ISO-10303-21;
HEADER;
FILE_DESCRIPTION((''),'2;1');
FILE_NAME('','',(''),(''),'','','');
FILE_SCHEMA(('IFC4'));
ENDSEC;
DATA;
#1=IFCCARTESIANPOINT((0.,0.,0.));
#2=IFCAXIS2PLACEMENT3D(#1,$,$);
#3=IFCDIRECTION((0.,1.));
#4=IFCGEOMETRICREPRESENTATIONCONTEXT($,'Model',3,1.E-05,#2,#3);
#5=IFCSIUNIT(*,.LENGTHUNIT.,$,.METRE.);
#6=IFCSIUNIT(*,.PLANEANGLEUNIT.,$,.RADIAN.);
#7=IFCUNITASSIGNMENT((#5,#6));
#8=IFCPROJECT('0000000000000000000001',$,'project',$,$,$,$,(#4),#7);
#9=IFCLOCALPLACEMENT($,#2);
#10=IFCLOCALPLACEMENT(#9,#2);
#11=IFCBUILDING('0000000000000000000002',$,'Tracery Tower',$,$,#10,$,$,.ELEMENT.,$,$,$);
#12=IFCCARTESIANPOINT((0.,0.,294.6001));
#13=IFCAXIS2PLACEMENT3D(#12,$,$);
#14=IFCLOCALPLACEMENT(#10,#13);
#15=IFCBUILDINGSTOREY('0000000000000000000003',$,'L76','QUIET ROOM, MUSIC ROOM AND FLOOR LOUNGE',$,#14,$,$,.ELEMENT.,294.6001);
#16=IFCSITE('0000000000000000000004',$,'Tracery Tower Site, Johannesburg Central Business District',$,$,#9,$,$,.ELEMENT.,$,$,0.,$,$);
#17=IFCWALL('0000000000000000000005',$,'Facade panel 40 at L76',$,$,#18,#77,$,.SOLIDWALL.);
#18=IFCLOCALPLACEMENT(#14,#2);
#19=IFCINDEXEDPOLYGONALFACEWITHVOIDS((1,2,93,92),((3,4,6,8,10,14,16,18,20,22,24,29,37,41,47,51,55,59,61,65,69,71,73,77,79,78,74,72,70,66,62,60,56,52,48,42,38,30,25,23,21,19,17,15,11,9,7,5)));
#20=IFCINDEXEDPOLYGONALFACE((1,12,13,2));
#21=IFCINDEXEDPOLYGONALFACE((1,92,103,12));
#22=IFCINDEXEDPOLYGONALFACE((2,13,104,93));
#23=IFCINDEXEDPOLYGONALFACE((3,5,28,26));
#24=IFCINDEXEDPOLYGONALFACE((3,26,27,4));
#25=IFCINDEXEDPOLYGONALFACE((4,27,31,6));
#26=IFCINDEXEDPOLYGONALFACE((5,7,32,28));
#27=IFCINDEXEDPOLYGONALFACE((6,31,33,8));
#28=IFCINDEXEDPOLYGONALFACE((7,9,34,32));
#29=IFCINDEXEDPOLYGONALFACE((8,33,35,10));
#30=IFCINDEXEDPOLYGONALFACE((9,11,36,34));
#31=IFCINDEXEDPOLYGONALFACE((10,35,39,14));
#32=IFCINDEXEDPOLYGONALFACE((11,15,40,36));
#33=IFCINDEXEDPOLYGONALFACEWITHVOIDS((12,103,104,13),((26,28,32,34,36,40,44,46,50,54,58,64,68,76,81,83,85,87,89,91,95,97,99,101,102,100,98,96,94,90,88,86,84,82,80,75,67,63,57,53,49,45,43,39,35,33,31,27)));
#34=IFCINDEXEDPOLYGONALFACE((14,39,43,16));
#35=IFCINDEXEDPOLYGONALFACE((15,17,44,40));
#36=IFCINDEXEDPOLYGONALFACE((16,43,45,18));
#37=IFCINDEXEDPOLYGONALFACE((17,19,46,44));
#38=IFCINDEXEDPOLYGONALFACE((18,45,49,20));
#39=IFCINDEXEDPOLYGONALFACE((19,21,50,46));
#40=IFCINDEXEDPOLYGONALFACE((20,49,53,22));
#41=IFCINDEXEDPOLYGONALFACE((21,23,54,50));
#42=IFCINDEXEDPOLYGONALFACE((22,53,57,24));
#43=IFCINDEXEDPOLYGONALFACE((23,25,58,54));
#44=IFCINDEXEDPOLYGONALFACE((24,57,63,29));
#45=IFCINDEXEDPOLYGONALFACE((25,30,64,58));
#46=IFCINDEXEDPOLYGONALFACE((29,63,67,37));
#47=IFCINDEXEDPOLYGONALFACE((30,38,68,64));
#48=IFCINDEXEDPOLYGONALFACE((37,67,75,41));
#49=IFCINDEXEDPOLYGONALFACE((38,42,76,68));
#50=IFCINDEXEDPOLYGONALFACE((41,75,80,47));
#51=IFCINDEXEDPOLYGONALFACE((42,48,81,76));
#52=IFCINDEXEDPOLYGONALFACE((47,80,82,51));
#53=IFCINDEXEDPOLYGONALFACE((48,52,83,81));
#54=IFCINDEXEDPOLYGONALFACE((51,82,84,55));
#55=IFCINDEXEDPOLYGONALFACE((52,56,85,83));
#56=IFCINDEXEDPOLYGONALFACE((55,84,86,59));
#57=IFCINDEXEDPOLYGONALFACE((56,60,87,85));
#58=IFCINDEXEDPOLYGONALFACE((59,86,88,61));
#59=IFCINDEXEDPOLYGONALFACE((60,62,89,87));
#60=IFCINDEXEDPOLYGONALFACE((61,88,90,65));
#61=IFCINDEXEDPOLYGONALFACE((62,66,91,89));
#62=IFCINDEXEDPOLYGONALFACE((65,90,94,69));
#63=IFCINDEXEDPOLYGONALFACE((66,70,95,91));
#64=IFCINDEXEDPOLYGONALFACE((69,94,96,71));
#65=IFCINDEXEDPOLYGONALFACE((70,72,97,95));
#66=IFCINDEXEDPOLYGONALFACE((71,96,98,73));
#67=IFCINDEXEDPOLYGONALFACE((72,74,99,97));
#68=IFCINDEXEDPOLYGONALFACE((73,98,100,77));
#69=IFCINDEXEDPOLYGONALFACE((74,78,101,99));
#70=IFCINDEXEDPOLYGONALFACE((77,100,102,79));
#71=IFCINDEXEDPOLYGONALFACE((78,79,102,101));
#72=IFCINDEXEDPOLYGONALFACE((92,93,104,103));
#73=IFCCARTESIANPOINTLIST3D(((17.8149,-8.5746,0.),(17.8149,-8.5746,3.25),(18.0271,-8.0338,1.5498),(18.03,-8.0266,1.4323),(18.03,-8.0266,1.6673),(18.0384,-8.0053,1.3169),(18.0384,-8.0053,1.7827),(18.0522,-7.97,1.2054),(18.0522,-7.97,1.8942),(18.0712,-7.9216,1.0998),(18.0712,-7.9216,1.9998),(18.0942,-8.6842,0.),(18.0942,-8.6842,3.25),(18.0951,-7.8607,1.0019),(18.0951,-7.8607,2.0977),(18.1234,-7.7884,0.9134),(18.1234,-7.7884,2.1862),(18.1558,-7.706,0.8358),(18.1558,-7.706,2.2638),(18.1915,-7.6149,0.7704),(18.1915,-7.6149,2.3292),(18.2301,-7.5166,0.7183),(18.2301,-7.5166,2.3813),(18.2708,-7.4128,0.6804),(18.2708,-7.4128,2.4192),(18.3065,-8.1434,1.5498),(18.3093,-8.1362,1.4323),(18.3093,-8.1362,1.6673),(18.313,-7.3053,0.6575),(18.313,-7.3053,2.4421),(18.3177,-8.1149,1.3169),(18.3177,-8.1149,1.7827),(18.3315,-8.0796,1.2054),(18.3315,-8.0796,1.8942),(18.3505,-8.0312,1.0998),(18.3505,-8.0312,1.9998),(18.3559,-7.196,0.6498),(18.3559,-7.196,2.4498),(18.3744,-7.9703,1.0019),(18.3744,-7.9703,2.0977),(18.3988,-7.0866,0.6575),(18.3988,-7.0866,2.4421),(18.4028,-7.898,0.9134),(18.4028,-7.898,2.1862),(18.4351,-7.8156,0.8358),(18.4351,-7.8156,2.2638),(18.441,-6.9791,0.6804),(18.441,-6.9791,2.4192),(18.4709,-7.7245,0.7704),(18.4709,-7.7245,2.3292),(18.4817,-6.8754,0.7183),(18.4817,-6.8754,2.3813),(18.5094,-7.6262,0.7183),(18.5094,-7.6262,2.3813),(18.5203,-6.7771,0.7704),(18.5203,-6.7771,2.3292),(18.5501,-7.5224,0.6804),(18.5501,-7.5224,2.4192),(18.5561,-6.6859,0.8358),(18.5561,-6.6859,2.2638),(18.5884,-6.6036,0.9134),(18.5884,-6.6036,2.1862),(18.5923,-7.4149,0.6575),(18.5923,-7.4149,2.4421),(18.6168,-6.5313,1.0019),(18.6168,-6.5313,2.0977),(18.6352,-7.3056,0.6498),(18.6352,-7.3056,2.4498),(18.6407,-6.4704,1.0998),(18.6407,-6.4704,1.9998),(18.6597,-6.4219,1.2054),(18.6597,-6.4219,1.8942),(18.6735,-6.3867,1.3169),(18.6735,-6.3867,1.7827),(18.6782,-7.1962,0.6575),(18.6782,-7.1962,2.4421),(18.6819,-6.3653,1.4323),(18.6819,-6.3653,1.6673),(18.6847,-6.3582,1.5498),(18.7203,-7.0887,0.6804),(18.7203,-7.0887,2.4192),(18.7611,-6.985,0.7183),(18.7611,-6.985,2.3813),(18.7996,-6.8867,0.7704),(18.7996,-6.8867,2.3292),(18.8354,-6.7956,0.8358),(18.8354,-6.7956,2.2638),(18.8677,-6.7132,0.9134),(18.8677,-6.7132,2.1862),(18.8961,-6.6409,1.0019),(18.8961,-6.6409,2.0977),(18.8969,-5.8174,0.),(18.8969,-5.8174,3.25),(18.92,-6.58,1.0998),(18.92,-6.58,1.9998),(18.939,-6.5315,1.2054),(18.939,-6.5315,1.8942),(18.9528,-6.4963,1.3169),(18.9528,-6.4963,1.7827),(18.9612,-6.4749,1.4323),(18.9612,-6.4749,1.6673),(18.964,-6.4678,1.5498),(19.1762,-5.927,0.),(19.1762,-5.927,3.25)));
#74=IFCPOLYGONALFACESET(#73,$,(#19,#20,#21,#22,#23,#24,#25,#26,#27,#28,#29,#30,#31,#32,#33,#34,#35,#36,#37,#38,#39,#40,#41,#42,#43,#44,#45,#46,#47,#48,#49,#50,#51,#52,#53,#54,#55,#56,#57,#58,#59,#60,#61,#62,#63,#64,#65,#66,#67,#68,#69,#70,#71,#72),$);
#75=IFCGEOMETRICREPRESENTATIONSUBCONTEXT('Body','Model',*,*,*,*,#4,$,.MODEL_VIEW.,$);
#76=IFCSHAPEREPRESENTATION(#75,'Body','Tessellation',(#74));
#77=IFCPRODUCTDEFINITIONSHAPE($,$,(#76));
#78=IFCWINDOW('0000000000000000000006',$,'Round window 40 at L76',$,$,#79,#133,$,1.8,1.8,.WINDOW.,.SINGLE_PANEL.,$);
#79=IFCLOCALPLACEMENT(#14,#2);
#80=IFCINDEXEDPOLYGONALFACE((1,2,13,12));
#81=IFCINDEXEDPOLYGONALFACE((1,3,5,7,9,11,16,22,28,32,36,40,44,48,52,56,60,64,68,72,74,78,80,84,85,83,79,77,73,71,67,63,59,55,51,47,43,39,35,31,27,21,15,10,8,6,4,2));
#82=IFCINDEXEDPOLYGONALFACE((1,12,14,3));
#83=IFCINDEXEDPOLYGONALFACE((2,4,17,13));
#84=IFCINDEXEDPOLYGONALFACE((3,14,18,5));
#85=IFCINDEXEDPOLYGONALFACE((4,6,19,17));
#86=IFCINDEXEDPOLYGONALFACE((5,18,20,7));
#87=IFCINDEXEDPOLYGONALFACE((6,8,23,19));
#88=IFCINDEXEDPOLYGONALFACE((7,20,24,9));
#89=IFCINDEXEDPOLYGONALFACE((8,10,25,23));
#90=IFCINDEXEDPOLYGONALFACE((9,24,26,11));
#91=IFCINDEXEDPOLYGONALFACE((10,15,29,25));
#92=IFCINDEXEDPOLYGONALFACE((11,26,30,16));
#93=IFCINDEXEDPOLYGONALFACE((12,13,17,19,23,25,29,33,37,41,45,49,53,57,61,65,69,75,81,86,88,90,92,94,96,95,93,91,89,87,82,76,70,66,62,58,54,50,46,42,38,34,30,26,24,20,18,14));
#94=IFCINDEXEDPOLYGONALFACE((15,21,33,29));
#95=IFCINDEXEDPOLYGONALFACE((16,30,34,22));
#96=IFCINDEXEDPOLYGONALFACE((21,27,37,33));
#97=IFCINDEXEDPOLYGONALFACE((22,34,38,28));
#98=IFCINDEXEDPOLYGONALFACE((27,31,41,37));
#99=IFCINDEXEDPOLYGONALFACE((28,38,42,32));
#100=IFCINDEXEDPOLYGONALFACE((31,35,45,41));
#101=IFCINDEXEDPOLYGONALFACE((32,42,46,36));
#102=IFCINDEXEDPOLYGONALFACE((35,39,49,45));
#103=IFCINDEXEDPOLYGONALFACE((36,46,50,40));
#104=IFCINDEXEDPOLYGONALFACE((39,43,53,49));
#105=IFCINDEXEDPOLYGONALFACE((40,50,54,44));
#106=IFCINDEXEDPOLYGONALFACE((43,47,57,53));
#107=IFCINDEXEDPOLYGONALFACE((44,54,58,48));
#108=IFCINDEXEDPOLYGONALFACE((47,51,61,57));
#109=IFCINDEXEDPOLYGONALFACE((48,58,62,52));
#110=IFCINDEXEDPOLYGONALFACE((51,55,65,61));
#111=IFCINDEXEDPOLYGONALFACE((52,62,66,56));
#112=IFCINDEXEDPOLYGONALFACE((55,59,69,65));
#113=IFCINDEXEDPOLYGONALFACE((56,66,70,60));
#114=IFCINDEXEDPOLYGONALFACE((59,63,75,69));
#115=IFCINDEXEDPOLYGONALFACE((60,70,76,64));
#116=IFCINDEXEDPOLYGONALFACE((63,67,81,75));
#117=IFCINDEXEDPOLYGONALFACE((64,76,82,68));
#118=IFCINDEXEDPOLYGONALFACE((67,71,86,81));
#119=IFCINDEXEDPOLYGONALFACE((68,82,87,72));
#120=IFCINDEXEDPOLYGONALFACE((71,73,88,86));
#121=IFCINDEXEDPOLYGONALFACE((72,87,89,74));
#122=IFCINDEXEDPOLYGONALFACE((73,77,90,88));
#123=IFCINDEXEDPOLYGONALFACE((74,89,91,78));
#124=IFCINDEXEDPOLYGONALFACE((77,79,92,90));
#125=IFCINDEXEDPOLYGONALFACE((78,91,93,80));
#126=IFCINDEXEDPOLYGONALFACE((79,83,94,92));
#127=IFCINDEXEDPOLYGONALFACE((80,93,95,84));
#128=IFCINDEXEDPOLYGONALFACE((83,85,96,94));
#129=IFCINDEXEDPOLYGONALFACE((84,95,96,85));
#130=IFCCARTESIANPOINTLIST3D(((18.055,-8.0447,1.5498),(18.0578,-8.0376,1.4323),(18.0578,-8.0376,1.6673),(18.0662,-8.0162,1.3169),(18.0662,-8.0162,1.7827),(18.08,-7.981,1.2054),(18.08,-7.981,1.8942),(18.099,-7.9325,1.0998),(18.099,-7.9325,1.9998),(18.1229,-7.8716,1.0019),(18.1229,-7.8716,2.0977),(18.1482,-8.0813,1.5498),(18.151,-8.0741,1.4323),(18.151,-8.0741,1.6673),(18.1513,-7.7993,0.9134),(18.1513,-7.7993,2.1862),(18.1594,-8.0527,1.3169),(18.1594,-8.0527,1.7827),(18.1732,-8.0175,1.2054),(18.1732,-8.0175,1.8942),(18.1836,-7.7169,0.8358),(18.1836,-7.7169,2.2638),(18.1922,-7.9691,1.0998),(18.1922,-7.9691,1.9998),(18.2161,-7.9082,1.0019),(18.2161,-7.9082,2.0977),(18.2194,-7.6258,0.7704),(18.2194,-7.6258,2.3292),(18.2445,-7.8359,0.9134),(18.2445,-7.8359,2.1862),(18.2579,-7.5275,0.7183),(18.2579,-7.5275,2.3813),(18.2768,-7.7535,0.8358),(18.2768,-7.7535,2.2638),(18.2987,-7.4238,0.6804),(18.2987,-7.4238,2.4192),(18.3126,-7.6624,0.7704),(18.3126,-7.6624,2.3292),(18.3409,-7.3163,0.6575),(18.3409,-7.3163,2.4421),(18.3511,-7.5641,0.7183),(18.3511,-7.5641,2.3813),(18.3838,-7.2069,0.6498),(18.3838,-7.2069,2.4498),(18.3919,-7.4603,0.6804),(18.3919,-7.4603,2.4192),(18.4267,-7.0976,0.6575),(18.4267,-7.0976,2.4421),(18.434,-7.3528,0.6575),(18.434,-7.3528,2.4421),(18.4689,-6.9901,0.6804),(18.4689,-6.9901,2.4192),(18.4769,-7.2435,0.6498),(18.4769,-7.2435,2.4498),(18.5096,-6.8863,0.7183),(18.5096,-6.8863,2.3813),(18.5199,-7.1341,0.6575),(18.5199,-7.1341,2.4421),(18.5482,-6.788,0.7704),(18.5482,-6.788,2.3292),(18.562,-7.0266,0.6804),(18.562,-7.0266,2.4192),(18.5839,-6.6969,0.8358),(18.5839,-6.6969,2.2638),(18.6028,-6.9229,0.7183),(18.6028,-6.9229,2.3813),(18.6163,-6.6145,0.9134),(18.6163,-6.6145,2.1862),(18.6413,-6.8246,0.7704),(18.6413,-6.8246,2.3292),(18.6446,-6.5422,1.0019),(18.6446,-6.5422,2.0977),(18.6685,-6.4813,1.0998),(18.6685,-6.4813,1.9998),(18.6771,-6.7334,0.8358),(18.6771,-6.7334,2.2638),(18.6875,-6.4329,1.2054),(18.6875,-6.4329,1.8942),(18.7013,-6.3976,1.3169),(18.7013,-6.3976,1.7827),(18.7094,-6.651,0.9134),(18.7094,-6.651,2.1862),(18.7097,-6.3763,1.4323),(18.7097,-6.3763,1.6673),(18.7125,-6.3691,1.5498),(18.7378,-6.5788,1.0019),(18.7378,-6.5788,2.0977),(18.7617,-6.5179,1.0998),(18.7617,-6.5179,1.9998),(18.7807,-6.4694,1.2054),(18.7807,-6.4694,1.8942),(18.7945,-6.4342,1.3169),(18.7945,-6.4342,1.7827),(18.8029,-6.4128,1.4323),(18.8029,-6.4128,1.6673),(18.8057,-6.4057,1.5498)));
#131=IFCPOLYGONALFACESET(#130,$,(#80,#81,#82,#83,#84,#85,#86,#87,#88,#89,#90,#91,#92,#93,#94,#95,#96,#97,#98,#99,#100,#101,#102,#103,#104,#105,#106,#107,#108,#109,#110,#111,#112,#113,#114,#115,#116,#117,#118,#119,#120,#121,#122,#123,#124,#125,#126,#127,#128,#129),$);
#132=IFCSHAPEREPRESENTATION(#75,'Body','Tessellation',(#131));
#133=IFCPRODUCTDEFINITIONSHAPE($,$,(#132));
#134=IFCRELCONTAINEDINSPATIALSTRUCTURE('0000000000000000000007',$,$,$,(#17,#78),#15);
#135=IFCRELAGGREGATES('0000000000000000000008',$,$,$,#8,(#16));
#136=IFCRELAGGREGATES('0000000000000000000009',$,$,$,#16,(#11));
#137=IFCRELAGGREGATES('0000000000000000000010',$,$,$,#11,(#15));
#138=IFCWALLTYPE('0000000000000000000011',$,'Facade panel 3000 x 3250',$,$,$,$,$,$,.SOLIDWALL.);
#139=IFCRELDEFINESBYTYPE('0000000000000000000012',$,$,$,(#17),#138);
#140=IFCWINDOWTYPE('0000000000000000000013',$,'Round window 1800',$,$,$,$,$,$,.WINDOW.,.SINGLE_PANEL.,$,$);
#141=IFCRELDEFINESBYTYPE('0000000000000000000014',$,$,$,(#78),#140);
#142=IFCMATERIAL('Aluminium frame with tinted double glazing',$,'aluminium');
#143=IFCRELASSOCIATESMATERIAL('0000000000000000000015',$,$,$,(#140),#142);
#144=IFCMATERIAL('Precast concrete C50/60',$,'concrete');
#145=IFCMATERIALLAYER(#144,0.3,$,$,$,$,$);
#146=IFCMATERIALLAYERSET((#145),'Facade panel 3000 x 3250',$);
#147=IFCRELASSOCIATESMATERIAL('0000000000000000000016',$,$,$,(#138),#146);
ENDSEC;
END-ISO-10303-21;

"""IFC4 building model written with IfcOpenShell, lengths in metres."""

from ifc_helpers import new_model, si_unit, direction, frame, frame_2d, origin, origin_2d, place, context, subcontext, project, spatial, rectangle, circle, extrude, material, layer, layer_set, type_object, element, fill, save


model = new_model("IFC4")

# Units and contexts
model_context = context("Model", 3, precision=1e-05, world=origin(), true_north=direction((0.0, 1.0)))
body_context = subcontext(model_context, "Body", "Model", "MODEL_VIEW")
ifc_project = project(units=[si_unit("LENGTHUNIT", "METRE"), si_unit("PLANEANGLEUNIT", "RADIAN")], contexts=[model_context])

# Site, building, storey
site_placement = place(None, origin())
site = spatial("IfcSite", under=ifc_project, at=site_placement, Name="Tracery Tower Site, Johannesburg Central Business District", CompositionType="ELEMENT", RefElevation=0.0)
building_placement = place(site_placement, origin())
building = spatial("IfcBuilding", under=site, at=building_placement, Name="Tracery Tower", CompositionType="ELEMENT")
storey_placement = place(building_placement, frame((0.0, 0.0, 294.6001)))
storey = spatial("IfcBuildingStorey", under=building, at=storey_placement, Name="L76", Description="QUIET ROOM, MUSIC ROOM AND FLOOR LOUNGE", CompositionType="ELEMENT", Elevation=294.6001)

# Wall, opening, window
ifc_material_1 = material(Name="Aluminium frame with tinted double glazing", Category="aluminium")
window_type = type_object("IfcWindowType", Name="Round window 1800", PartitioningType="SINGLE_PANEL", PredefinedType="WINDOW", material=ifc_material_1)
ifc_material_2 = material(Name="Precast concrete C50/60", Category="concrete")
ifc_layer_1 = layer(ifc_material_2, 0.3)
ifc_layer_set_1 = layer_set([ifc_layer_1], Name="Facade panel 3000 x 3250")
wall_type_1 = type_object("IfcWallType", Name="Facade panel 3000 x 3250", PredefinedType="SOLIDWALL", material=ifc_layer_set_1)
wall_1_placement = place(storey_placement, frame((17.9546, -8.6294, 0.0), z_axis=(0.0, 0.0, 1.0), x_axis=(0.3653, 0.93089, 0.0)))
wall_1 = element("IfcWall", 1, at=wall_1_placement, inside=storey, type_object=wall_type_1, Name="Facade panel 40 at L76", PredefinedType="SOLIDWALL", context=body_context, shape_type="SweptSolid", body=[
    extrude(rectangle(XDim=2.9619, YDim=0.3, at=frame_2d((1.481, 0.0))), origin(), (0.0, 0.0, 1.0), 3.25),
])
opening_1_placement = place(wall_1_placement, frame((1.481, 0.0, 1.5498)))
opening_1 = element("IfcOpeningElement", 2, at=opening_1_placement, cuts=wall_1, PredefinedType="OPENING", context=body_context, shape_type="SweptSolid", body=[
    extrude(circle(Radius=0.9, at=origin_2d()), frame((0.0, 0.1599, 0.0), z_axis=(0.0, -1.0, 0.0), x_axis=(1.0, 0.0, 0.0)), (0.0, 0.0, 1.0), 0.3201),
])
window_1_placement = place(opening_1_placement, origin())
window_1 = element("IfcWindow", 3, at=window_1_placement, inside=storey, type_object=window_type, Name="Round window 40 at L76", OverallHeight=1.8, OverallWidth=1.8, PartitioningType="SINGLE_PANEL", PredefinedType="WINDOW", context=body_context, shape_type="SweptSolid", body=[
    extrude(circle(Radius=0.9, at=origin_2d()), frame((0.0, 0.1201, 0.0), z_axis=(0.0, -1.0, 0.0), x_axis=(1.0, 0.0, 0.0)), (0.0, 0.0, 1.0), 0.1001),
])
fill(opening_1, window_1)

save(model, "model.ifc")
